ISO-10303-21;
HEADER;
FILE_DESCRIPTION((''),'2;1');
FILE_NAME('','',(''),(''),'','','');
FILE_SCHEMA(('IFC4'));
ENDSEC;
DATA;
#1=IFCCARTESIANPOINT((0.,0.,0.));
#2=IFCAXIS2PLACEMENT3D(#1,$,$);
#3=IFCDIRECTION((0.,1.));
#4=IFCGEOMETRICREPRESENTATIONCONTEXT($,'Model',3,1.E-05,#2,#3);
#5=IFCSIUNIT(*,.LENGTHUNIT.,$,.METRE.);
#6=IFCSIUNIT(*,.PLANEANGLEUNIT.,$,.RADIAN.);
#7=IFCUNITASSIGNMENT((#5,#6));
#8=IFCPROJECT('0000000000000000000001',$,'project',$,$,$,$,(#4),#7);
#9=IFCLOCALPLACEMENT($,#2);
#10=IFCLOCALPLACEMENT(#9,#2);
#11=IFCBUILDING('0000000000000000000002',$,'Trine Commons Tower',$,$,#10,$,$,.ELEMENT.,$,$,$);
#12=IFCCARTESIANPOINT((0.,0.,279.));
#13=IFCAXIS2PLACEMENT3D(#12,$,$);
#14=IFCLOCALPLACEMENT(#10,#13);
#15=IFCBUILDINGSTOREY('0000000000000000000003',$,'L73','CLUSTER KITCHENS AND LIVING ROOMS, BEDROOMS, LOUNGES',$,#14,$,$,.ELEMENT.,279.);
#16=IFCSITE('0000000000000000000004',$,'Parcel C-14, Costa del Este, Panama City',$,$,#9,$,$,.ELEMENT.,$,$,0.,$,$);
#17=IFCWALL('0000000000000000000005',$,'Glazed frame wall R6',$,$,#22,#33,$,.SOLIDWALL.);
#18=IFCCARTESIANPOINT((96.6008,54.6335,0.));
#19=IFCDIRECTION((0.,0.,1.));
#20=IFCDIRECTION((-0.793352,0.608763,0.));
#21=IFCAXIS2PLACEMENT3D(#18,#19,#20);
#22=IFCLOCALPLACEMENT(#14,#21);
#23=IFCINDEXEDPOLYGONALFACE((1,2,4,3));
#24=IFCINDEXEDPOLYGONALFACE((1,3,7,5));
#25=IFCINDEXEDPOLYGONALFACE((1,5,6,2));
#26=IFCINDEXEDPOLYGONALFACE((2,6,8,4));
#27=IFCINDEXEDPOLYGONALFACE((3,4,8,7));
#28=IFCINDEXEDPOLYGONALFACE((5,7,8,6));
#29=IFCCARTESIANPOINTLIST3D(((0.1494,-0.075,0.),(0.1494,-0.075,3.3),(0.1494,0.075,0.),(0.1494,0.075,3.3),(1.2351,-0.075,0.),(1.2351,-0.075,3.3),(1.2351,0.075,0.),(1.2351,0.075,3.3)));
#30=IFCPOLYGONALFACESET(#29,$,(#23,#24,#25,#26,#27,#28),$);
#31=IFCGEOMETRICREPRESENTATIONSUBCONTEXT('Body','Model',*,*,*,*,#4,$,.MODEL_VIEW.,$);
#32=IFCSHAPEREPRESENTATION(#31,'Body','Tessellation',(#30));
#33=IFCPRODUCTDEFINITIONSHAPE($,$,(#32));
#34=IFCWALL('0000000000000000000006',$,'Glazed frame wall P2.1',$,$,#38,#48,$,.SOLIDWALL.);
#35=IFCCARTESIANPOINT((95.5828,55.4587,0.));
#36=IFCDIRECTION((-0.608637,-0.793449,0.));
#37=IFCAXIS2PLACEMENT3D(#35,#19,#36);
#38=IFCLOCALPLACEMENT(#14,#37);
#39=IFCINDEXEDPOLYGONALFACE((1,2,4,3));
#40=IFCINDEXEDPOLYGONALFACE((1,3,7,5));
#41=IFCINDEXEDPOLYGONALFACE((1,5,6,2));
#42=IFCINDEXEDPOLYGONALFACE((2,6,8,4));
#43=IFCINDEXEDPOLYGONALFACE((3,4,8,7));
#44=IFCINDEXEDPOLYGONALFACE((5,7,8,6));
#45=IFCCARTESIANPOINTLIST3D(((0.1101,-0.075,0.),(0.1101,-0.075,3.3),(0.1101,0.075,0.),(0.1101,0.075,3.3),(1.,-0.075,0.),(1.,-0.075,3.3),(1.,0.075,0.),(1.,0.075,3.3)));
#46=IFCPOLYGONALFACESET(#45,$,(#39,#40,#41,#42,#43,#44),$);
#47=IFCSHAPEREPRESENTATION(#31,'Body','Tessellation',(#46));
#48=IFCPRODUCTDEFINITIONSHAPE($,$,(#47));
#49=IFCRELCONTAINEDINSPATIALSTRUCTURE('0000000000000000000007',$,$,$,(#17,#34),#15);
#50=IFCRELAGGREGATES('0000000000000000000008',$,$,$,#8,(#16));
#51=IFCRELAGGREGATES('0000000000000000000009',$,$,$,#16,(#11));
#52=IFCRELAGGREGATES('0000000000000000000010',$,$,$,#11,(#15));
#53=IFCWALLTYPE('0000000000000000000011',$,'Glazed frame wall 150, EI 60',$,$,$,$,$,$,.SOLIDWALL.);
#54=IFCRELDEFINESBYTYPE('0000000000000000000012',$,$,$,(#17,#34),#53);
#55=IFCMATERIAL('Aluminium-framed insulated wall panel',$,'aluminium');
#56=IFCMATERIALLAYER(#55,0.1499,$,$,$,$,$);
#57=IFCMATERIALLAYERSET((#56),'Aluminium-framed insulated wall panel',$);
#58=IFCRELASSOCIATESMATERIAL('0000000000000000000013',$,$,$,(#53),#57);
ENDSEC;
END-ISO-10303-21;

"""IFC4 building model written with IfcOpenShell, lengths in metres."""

from ifc_helpers import new_model, si_unit, direction, frame, origin, place, context, subcontext, project, spatial, polyline, outline, extrude, material, layer, layer_set, type_object, element, save


model = new_model("IFC4")

# Units and contexts
model_context = context("Model", 3, precision=1e-05, world=origin(), true_north=direction((0.0, 1.0)))
body_context = subcontext(model_context, "Body", "Model", "MODEL_VIEW")
ifc_project = project(units=[si_unit("LENGTHUNIT", "METRE"), si_unit("PLANEANGLEUNIT", "RADIAN")], contexts=[model_context])

# Site, building, storey
site_placement = place(None, origin())
site = spatial("IfcSite", under=ifc_project, at=site_placement, Name="Parcel C-14, Costa del Este, Panama City", CompositionType="ELEMENT", RefElevation=0.0)
building_placement = place(site_placement, origin())
building = spatial("IfcBuilding", under=site, at=building_placement, Name="Trine Commons Tower", CompositionType="ELEMENT")
storey_placement = place(building_placement, frame((0.0, 0.0, 279.0)))
storey = spatial("IfcBuildingStorey", under=building, at=storey_placement, Name="L73", Description="CLUSTER KITCHENS AND LIVING ROOMS, BEDROOMS, LOUNGES", CompositionType="ELEMENT", Elevation=279.0)

# Walls
ifc_material_1 = material(Name="Aluminium-framed insulated wall panel", Category="aluminium")
ifc_layer_1 = layer(ifc_material_1, 0.1499)
ifc_layer_set_1 = layer_set([ifc_layer_1], Name="Aluminium-framed insulated wall panel")
wall_type_1 = type_object("IfcWallType", Name="Glazed frame wall 150, EI 60", PredefinedType="SOLIDWALL", material=ifc_layer_set_1)
wall_1_placement = place(storey_placement, frame((96.6008, 54.6335, 0.0), z_axis=(0.0, 0.0, 1.0), x_axis=(-0.793352, 0.608763, 0.0)))
element("IfcWall", 1, at=wall_1_placement, inside=storey, type_object=wall_type_1, Name="Glazed frame wall R6", PredefinedType="SOLIDWALL", context=body_context, shape_type="SweptSolid", body=[
    extrude(outline(polyline([(0.1494, 0.075), (0.1494, -0.075), (1.2351, -0.075), (1.2351, 0.075), (0.1494, 0.075)])), origin(), (0.0, 0.0, 1.0), 3.3),
])
wall_2_placement = place(storey_placement, frame((95.5828, 55.4587, 0.0), z_axis=(0.0, 0.0, 1.0), x_axis=(-0.608637, -0.793449, 0.0)))
element("IfcWall", 2, at=wall_2_placement, inside=storey, type_object=wall_type_1, Name="Glazed frame wall P2.1", PredefinedType="SOLIDWALL", context=body_context, shape_type="SweptSolid", body=[
    extrude(outline(polyline([(0.1101, -0.075), (1.0, -0.075), (1.0, 0.075), (0.1101, 0.075), (0.1101, -0.075)])), origin(), (0.0, 0.0, 1.0), 3.3),
])

save(model, "model.ifc")
